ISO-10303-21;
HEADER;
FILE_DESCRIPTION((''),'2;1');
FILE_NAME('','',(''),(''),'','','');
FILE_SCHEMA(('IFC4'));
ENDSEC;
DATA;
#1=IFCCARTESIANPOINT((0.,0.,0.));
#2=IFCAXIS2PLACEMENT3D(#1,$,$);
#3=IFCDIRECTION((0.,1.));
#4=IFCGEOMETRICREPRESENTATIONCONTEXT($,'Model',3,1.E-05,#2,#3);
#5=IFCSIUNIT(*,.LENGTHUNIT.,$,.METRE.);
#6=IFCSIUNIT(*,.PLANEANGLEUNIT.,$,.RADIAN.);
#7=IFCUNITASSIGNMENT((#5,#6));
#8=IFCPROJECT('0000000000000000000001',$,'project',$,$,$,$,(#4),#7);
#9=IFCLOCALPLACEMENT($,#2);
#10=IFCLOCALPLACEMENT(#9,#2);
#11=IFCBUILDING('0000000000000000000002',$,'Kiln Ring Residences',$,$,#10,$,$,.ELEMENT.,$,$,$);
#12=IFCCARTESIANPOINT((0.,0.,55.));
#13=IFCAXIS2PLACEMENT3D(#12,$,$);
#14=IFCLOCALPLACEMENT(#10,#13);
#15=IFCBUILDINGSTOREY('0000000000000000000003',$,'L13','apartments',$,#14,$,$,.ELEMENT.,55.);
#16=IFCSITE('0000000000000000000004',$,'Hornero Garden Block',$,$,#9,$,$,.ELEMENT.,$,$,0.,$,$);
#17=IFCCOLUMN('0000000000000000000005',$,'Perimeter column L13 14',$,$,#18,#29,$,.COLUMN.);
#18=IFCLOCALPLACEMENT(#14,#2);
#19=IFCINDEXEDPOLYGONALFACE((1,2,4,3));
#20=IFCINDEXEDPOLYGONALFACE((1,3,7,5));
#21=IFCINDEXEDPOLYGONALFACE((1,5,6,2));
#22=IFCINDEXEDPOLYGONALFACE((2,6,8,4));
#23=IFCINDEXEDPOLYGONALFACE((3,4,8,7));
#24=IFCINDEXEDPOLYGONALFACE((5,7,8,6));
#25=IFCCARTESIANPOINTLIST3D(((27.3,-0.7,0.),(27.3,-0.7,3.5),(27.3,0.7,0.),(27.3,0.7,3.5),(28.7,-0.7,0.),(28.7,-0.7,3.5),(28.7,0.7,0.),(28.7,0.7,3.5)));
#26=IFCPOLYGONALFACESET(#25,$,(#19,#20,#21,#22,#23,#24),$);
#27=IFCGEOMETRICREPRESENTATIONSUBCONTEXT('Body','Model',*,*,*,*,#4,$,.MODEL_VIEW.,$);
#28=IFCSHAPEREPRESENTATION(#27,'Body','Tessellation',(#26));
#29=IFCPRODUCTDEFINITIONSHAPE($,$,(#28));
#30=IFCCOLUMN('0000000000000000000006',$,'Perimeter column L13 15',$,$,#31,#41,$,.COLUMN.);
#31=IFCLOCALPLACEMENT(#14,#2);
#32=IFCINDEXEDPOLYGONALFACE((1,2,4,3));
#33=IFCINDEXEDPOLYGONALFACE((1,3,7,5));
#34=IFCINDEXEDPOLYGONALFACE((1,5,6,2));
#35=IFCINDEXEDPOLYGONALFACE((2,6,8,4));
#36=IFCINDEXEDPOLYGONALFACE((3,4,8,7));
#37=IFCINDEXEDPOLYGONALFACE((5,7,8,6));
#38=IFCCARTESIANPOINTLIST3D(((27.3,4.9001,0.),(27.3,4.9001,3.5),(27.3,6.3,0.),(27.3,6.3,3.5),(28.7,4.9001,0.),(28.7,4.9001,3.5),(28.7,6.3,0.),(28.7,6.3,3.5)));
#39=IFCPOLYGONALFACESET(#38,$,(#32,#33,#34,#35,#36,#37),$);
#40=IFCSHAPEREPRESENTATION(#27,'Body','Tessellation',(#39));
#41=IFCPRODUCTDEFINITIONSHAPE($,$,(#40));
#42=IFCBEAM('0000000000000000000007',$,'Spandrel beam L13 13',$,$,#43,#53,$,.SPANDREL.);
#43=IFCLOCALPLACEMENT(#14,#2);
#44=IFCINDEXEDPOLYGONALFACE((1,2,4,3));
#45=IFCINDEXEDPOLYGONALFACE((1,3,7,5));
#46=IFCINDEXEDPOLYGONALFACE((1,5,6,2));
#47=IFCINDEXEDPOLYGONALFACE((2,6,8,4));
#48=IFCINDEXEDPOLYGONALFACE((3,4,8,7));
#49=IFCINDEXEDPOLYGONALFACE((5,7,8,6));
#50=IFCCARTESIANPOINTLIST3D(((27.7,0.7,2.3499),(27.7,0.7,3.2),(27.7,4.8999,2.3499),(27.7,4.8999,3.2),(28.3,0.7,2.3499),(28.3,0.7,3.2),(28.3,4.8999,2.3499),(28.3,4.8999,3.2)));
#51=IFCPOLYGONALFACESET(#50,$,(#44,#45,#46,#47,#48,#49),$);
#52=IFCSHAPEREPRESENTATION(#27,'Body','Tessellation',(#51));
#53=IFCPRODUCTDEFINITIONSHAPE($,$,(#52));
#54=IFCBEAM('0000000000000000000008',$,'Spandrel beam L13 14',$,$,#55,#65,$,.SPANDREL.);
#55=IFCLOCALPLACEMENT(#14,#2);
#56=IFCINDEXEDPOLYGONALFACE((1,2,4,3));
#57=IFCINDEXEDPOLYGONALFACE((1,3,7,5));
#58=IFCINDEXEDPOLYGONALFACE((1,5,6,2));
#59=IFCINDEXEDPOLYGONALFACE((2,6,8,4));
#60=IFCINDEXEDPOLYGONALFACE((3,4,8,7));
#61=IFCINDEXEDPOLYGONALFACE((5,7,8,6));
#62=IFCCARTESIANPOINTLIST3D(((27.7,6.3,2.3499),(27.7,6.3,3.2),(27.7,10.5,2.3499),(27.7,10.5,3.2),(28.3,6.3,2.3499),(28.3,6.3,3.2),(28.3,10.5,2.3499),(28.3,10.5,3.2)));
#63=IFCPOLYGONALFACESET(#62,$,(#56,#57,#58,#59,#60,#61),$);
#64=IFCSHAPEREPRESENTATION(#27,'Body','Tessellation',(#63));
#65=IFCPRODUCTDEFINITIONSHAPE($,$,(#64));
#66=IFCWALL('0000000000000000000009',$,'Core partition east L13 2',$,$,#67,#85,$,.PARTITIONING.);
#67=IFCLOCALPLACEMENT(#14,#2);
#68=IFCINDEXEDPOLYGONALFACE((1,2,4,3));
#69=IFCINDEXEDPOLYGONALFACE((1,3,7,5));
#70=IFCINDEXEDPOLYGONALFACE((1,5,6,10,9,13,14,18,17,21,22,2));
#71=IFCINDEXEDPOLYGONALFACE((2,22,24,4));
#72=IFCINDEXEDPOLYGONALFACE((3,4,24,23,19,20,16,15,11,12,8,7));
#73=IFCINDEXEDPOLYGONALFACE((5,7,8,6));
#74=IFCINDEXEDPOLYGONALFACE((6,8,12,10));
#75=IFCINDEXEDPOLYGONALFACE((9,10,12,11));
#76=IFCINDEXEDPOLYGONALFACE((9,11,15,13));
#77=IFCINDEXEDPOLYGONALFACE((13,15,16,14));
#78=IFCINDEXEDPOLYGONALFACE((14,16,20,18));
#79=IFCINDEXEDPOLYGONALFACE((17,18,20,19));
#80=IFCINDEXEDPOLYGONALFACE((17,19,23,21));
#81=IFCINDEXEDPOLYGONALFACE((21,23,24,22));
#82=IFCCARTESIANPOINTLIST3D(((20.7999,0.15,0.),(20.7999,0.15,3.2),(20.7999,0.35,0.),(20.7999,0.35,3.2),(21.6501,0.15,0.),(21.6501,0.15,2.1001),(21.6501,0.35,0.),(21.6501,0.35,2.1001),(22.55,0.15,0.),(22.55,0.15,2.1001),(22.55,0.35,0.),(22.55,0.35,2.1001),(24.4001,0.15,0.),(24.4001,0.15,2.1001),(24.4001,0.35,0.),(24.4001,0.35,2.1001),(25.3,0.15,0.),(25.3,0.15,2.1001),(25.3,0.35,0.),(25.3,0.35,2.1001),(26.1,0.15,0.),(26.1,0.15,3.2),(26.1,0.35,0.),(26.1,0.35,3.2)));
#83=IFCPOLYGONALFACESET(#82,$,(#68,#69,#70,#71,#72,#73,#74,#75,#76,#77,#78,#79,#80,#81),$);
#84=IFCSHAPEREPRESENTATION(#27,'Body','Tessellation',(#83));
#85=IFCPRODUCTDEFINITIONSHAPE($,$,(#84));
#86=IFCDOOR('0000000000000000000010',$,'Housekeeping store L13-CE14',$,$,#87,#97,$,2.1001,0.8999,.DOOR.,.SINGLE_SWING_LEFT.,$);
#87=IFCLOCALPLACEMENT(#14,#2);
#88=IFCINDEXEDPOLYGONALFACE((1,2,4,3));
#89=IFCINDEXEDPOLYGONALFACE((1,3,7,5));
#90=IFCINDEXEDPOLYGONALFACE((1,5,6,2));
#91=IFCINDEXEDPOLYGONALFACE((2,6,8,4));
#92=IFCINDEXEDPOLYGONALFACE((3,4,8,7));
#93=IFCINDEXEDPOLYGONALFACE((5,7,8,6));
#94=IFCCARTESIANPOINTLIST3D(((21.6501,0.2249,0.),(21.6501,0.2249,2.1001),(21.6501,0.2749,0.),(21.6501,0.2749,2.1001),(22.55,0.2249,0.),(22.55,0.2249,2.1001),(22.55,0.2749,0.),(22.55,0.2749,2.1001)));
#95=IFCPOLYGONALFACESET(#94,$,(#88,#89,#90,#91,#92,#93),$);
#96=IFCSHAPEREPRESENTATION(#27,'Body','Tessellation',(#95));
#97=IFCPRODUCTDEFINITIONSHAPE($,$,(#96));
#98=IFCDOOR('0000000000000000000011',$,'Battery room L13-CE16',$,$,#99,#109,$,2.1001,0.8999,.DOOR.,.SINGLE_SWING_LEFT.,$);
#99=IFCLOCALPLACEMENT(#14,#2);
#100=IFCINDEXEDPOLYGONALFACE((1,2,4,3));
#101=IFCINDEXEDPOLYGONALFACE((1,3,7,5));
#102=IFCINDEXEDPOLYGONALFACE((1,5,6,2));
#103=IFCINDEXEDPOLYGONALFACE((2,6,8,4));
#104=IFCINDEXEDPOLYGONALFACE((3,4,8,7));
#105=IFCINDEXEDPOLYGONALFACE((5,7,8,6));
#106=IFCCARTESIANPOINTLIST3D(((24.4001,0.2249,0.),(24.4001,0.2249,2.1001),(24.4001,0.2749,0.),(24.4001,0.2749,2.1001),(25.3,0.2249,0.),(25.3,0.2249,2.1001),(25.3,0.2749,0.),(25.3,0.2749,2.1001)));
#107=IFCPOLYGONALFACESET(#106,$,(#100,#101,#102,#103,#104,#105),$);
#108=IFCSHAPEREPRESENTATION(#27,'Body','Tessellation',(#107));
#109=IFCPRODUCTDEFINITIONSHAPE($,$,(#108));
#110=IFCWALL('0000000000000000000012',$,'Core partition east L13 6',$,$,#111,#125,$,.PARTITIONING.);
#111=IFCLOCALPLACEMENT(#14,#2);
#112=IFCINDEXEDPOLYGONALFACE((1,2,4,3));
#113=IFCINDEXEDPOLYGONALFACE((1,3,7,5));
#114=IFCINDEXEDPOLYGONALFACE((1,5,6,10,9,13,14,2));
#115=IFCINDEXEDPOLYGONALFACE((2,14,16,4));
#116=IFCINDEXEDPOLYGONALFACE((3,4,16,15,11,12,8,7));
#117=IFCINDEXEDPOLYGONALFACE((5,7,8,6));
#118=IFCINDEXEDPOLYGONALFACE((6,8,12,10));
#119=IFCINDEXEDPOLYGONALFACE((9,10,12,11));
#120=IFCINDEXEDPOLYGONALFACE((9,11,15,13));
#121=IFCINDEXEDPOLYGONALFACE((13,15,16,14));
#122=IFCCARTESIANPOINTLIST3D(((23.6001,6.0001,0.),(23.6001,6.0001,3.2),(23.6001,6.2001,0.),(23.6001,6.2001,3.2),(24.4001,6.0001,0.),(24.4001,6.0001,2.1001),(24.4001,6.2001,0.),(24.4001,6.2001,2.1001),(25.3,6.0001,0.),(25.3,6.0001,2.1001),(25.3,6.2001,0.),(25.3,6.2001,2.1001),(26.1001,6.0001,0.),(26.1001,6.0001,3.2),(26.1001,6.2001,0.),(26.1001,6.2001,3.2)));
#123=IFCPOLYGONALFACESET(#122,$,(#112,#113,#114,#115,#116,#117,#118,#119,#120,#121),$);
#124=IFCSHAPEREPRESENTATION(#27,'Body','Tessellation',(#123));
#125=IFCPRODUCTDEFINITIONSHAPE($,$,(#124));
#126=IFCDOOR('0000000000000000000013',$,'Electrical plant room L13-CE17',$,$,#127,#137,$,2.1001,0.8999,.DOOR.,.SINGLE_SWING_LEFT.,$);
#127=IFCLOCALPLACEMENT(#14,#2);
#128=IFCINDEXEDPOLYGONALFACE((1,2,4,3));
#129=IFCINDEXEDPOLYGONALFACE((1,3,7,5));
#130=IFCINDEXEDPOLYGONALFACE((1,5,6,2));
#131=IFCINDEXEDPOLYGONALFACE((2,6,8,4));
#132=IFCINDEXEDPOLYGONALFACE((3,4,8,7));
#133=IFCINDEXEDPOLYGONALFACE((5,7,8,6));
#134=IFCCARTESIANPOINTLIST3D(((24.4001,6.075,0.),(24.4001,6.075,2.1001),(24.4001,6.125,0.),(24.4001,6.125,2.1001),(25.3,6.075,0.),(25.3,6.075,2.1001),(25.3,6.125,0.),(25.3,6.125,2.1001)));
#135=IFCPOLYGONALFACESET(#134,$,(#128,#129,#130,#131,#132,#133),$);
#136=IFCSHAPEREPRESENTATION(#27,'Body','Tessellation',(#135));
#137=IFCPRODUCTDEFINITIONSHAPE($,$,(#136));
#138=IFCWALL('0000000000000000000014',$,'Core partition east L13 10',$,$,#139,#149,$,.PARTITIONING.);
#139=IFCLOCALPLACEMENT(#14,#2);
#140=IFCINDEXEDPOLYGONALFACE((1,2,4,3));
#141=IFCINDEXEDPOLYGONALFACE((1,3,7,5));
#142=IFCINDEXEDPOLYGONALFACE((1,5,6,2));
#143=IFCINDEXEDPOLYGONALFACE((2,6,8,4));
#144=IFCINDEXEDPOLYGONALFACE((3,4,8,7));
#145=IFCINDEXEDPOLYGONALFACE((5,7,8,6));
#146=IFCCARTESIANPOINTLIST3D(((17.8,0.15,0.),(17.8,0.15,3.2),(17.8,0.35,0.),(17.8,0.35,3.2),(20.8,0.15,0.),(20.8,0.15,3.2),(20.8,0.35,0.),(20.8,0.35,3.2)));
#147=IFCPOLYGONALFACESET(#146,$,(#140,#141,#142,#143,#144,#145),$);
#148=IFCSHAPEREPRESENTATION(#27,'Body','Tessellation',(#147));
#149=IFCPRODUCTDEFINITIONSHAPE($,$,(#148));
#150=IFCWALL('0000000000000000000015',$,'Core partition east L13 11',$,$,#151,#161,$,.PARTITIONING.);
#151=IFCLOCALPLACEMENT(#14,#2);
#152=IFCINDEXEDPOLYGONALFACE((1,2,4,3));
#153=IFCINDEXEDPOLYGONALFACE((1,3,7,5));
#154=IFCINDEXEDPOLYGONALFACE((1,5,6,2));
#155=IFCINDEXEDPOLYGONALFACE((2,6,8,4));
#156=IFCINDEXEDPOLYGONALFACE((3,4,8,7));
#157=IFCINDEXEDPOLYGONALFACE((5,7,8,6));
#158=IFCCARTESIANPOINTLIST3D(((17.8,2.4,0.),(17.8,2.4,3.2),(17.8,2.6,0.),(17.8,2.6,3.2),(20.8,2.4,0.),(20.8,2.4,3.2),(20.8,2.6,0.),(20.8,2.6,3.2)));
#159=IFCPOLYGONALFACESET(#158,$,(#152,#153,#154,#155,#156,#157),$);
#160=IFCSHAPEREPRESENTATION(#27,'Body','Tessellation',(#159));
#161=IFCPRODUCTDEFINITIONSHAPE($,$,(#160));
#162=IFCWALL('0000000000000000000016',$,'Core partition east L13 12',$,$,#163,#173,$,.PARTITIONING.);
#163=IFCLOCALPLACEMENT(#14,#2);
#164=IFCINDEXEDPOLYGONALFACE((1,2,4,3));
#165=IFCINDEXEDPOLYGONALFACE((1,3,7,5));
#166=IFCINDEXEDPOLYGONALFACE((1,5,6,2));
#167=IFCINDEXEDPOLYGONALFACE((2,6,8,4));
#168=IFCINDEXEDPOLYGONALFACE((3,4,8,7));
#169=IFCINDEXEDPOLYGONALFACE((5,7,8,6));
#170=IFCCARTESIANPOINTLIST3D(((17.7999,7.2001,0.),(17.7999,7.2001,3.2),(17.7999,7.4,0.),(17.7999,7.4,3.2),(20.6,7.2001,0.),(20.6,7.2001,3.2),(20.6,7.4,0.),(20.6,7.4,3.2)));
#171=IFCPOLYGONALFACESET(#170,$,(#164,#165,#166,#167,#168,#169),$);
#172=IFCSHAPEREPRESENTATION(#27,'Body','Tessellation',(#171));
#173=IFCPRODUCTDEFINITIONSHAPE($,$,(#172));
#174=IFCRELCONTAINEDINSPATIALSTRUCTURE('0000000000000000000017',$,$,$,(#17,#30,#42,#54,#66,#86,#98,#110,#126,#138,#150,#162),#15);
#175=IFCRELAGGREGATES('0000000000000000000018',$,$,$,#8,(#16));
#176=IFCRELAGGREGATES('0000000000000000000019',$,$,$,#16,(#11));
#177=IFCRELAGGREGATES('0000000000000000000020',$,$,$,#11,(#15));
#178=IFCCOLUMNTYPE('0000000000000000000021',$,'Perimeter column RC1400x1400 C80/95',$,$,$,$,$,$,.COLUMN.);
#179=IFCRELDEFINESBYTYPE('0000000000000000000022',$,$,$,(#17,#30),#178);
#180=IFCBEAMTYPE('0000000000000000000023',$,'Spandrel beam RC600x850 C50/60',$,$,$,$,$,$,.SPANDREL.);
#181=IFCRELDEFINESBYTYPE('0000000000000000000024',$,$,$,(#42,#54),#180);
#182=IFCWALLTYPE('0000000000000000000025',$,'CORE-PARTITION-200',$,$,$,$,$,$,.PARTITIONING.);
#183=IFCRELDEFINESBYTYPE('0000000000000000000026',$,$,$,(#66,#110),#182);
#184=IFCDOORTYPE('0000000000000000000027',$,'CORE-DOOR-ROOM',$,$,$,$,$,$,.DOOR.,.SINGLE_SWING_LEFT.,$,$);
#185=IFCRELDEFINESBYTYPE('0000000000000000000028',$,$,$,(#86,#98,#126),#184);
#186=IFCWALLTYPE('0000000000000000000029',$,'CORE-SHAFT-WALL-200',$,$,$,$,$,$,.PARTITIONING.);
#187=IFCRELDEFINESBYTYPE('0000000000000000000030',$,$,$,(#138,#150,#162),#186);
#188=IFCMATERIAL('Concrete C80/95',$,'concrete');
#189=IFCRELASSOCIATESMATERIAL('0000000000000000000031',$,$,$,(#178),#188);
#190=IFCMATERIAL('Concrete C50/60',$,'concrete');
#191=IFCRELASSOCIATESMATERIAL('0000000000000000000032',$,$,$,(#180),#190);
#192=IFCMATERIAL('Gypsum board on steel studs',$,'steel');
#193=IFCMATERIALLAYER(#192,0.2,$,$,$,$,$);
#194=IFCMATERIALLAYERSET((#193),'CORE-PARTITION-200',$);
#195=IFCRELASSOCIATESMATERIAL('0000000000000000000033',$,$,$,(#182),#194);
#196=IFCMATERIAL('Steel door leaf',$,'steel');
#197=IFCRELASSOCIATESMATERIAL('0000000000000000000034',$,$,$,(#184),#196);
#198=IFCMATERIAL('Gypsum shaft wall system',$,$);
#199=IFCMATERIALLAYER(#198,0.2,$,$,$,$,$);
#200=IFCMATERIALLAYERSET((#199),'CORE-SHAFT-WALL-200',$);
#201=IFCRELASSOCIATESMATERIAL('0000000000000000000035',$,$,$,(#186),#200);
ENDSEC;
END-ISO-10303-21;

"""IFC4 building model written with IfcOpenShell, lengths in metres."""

from ifc_helpers import new_model, si_unit, direction, frame, frame_2d, origin, origin_2d, place, context, subcontext, project, spatial, rectangle, extrude, material, layer, layer_set, material_profile, profile_set, type_object, element, fill, save


model = new_model("IFC4")

# Units and contexts
model_context = context("Model", 3, precision=1e-05, world=origin(), true_north=direction((0.0, 1.0)))
body_context = subcontext(model_context, "Body", "Model", "MODEL_VIEW")
ifc_project = project(units=[si_unit("LENGTHUNIT", "METRE"), si_unit("PLANEANGLEUNIT", "RADIAN")], contexts=[model_context])

# Site, building, storey
site_placement = place(None, origin())
site = spatial("IfcSite", under=ifc_project, at=site_placement, Name="Hornero Garden Block", CompositionType="ELEMENT", RefElevation=0.0)
building_placement = place(site_placement, origin())
building = spatial("IfcBuilding", under=site, at=building_placement, Name="Kiln Ring Residences", CompositionType="ELEMENT")
storey_placement = place(building_placement, frame((0.0, 0.0, 55.0)))
storey = spatial("IfcBuildingStorey", under=building, at=storey_placement, Name="L13", Description="apartments", CompositionType="ELEMENT", Elevation=55.0)

# Columns
ifc_material_1 = material(Name="Concrete C80/95", Category="concrete")
ifc_material_profile_1 = material_profile(ifc_material_1, rectangle(XDim=1.3999, YDim=1.3999, at=origin_2d()), Name="RC1400x1400")
ifc_profile_set_1 = profile_set([ifc_material_profile_1], Name="Concrete C80/95")
column_type = type_object("IfcColumnType", Name="Perimeter column RC1400x1400 C80/95", PredefinedType="COLUMN", material=ifc_profile_set_1)
for number, where, z_axis, x_axis, name in (
    (1, (28.0, 0.0, 0.0), (0.0, 0.0, 1.0), (1.0, 0.0, 0.0), "Perimeter column L13 14"),
    (2, (28.0, 5.6001, 0.0), (0.0, 0.0, 1.0), (1.0, 0.0, 0.0), "Perimeter column L13 15"),
):
    element("IfcColumn", number, at=place(storey_placement, frame(where, z_axis=z_axis, x_axis=x_axis)), inside=storey, type_object=column_type, Name=name, PredefinedType="COLUMN", context=body_context, shape_type="SweptSolid", body=[
        extrude(rectangle(XDim=1.3999, YDim=1.3999, at=origin_2d()), origin(), (0.0, 0.0, 1.0), 3.5),
    ])

# Beams
ifc_material_2 = material(Name="Concrete C50/60", Category="concrete")
ifc_material_profile_2 = material_profile(ifc_material_2, rectangle(XDim=0.6001, YDim=0.8501, at=origin_2d()), Name="RC600x850")
ifc_profile_set_2 = profile_set([ifc_material_profile_2], Name="Concrete C50/60")
beam_type = type_object("IfcBeamType", Name="Spandrel beam RC600x850 C50/60", PredefinedType="SPANDREL", material=ifc_profile_set_2)
for number, where, z_axis, x_axis, name in (
    (3, (28.0, 0.7, 2.7749), (0.0, 1.0, 0.0), (-1.0, 0.0, 0.0), "Spandrel beam L13 13"),
    (4, (28.0, 6.3, 2.7749), (0.0, 1.0, 0.0), (-1.0, 0.0, 0.0), "Spandrel beam L13 14"),
):
    element("IfcBeam", number, at=place(storey_placement, frame(where, z_axis=z_axis, x_axis=x_axis)), inside=storey, type_object=beam_type, Name=name, PredefinedType="SPANDREL", context=body_context, shape_type="SweptSolid", body=[
        extrude(rectangle(XDim=0.6001, YDim=0.8501, at=origin_2d()), origin(), (0.0, 0.0, 1.0), 4.2),
    ])

# Wall, openings, doors
ifc_material_3 = material(Name="Gypsum board on steel studs", Category="steel")
ifc_layer_1 = layer(ifc_material_3, 0.2)
ifc_layer_set_1 = layer_set([ifc_layer_1], Name="CORE-PARTITION-200")
wall_type_1 = type_object("IfcWallType", Name="CORE-PARTITION-200", PredefinedType="PARTITIONING", material=ifc_layer_set_1)
wall_1_placement = place(storey_placement, frame((20.8, 0.25, 0.0), z_axis=(0.0, 0.0, 1.0), x_axis=(1.0, 0.0, 0.0)))
wall_1 = element("IfcWall", 5, at=wall_1_placement, inside=storey, type_object=wall_type_1, Name="Core partition east L13 2", PredefinedType="PARTITIONING", context=body_context, shape_type="SweptSolid", body=[
    extrude(rectangle(XDim=5.3, YDim=0.2, at=frame_2d((2.6499, 0.0))), origin(), (0.0, 0.0, 1.0), 3.2),
])
opening_1_placement = place(wall_1_placement, frame((0.8501, 0.0, 0.0)))
opening_1 = element("IfcOpeningElement", 6, at=opening_1_placement, cuts=wall_1, PredefinedType="OPENING", context=body_context, shape_type="SweptSolid", body=[
    extrude(rectangle(XDim=0.8999, YDim=2.1001, at=frame_2d((0.45, 1.05))), frame((0.0, 0.1099, 0.0), z_axis=(0.0, -1.0, 0.0), x_axis=(1.0, 0.0, 0.0)), (0.0, 0.0, 1.0), 0.22),
])
opening_2_placement = place(wall_1_placement, frame((3.6001, 0.0, 0.0)))
opening_2 = element("IfcOpeningElement", 7, at=opening_2_placement, cuts=wall_1, PredefinedType="OPENING", context=body_context, shape_type="SweptSolid", body=[
    extrude(rectangle(XDim=0.8999, YDim=2.1001, at=frame_2d((0.45, 1.05))), frame((0.0, 0.1099, 0.0), z_axis=(0.0, -1.0, 0.0), x_axis=(1.0, 0.0, 0.0)), (0.0, 0.0, 1.0), 0.22),
])
ifc_material_4 = material(Name="Steel door leaf", Category="steel")
door_type = type_object("IfcDoorType", Name="CORE-DOOR-ROOM", OperationType="SINGLE_SWING_LEFT", PredefinedType="DOOR", material=ifc_material_4)
door_1_placement = place(opening_1_placement, origin())
door_1 = element("IfcDoor", 8, at=door_1_placement, inside=storey, type_object=door_type, Name="Housekeeping store L13-CE14", OperationType="SINGLE_SWING_LEFT", OverallHeight=2.1001, OverallWidth=0.8999, PredefinedType="DOOR", context=body_context, shape_type="SweptSolid", body=[
    extrude(rectangle(XDim=0.8999, YDim=2.1001, at=frame_2d((0.45, 1.05))), frame((0.0, 0.0249, 0.0), z_axis=(0.0, -1.0, 0.0), x_axis=(1.0, 0.0, 0.0)), (0.0, 0.0, 1.0), 0.05),
])
fill(opening_1, door_1)
door_2_placement = place(opening_2_placement, origin())
door_2 = element("IfcDoor", 9, at=door_2_placement, inside=storey, type_object=door_type, Name="Battery room L13-CE16", OperationType="SINGLE_SWING_LEFT", OverallHeight=2.1001, OverallWidth=0.8999, PredefinedType="DOOR", context=body_context, shape_type="SweptSolid", body=[
    extrude(rectangle(XDim=0.8999, YDim=2.1001, at=frame_2d((0.45, 1.05))), frame((0.0, 0.0249, 0.0), z_axis=(0.0, -1.0, 0.0), x_axis=(1.0, 0.0, 0.0)), (0.0, 0.0, 1.0), 0.05),
])
fill(opening_2, door_2)

# Wall, opening, door
wall_2_placement = place(storey_placement, frame((23.6001, 6.1001, 0.0), z_axis=(0.0, 0.0, 1.0), x_axis=(1.0, 0.0, 0.0)))
wall_2 = element("IfcWall", 10, at=wall_2_placement, inside=storey, type_object=wall_type_1, Name="Core partition east L13 6", PredefinedType="PARTITIONING", context=body_context, shape_type="SweptSolid", body=[
    extrude(rectangle(XDim=2.5, YDim=0.2, at=frame_2d((1.25, 0.0))), origin(), (0.0, 0.0, 1.0), 3.2),
])
opening_3_placement = place(wall_2_placement, frame((0.8, 0.0, 0.0)))
opening_3 = element("IfcOpeningElement", 11, at=opening_3_placement, cuts=wall_2, PredefinedType="OPENING", context=body_context, shape_type="SweptSolid", body=[
    extrude(rectangle(XDim=0.8999, YDim=2.1001, at=frame_2d((0.45, 1.05))), frame((0.0, 0.1099, 0.0), z_axis=(0.0, -1.0, 0.0), x_axis=(1.0, 0.0, 0.0)), (0.0, 0.0, 1.0), 0.22),
])
door_3_placement = place(opening_3_placement, origin())
door_3 = element("IfcDoor", 12, at=door_3_placement, inside=storey, type_object=door_type, Name="Electrical plant room L13-CE17", OperationType="SINGLE_SWING_LEFT", OverallHeight=2.1001, OverallWidth=0.8999, PredefinedType="DOOR", context=body_context, shape_type="SweptSolid", body=[
    extrude(rectangle(XDim=0.8999, YDim=2.1001, at=frame_2d((0.45, 1.05))), frame((0.0, 0.0249, 0.0), z_axis=(0.0, -1.0, 0.0), x_axis=(1.0, 0.0, 0.0)), (0.0, 0.0, 1.0), 0.05),
])
fill(opening_3, door_3)

# Walls
ifc_material_5 = material(Name="Gypsum shaft wall system")
ifc_layer_2 = layer(ifc_material_5, 0.2)
ifc_layer_set_2 = layer_set([ifc_layer_2], Name="CORE-SHAFT-WALL-200")
wall_type_2 = type_object("IfcWallType", Name="CORE-SHAFT-WALL-200", PredefinedType="PARTITIONING", material=ifc_layer_set_2)
for number, where, z_axis, x_axis, name in (
    (13, (17.8, 0.25, 0.0), (0.0, 0.0, 1.0), (1.0, 0.0, 0.0), "Core partition east L13 10"),
    (14, (17.8, 2.5, 0.0), (0.0, 0.0, 1.0), (1.0, 0.0, 0.0), "Core partition east L13 11"),
):
    element("IfcWall", number, at=place(storey_placement, frame(where, z_axis=z_axis, x_axis=x_axis)), inside=storey, type_object=wall_type_2, Name=name, PredefinedType="PARTITIONING", context=body_context, shape_type="SweptSolid", body=[
        extrude(rectangle(XDim=3.0, YDim=0.2, at=frame_2d((1.5, 0.0))), origin(), (0.0, 0.0, 1.0), 3.2),
    ])
wall_3_placement = place(storey_placement, frame((17.8, 7.3, 0.0), z_axis=(0.0, 0.0, 1.0), x_axis=(1.0, 0.0, 0.0)))
element("IfcWall", 15, at=wall_3_placement, inside=storey, type_object=wall_type_2, Name="Core partition east L13 12", PredefinedType="PARTITIONING", context=body_context, shape_type="SweptSolid", body=[
    extrude(rectangle(XDim=2.8, YDim=0.2, at=frame_2d((1.3999, 0.0))), origin(), (0.0, 0.0, 1.0), 3.2),
])

save(model, "model.ifc")
